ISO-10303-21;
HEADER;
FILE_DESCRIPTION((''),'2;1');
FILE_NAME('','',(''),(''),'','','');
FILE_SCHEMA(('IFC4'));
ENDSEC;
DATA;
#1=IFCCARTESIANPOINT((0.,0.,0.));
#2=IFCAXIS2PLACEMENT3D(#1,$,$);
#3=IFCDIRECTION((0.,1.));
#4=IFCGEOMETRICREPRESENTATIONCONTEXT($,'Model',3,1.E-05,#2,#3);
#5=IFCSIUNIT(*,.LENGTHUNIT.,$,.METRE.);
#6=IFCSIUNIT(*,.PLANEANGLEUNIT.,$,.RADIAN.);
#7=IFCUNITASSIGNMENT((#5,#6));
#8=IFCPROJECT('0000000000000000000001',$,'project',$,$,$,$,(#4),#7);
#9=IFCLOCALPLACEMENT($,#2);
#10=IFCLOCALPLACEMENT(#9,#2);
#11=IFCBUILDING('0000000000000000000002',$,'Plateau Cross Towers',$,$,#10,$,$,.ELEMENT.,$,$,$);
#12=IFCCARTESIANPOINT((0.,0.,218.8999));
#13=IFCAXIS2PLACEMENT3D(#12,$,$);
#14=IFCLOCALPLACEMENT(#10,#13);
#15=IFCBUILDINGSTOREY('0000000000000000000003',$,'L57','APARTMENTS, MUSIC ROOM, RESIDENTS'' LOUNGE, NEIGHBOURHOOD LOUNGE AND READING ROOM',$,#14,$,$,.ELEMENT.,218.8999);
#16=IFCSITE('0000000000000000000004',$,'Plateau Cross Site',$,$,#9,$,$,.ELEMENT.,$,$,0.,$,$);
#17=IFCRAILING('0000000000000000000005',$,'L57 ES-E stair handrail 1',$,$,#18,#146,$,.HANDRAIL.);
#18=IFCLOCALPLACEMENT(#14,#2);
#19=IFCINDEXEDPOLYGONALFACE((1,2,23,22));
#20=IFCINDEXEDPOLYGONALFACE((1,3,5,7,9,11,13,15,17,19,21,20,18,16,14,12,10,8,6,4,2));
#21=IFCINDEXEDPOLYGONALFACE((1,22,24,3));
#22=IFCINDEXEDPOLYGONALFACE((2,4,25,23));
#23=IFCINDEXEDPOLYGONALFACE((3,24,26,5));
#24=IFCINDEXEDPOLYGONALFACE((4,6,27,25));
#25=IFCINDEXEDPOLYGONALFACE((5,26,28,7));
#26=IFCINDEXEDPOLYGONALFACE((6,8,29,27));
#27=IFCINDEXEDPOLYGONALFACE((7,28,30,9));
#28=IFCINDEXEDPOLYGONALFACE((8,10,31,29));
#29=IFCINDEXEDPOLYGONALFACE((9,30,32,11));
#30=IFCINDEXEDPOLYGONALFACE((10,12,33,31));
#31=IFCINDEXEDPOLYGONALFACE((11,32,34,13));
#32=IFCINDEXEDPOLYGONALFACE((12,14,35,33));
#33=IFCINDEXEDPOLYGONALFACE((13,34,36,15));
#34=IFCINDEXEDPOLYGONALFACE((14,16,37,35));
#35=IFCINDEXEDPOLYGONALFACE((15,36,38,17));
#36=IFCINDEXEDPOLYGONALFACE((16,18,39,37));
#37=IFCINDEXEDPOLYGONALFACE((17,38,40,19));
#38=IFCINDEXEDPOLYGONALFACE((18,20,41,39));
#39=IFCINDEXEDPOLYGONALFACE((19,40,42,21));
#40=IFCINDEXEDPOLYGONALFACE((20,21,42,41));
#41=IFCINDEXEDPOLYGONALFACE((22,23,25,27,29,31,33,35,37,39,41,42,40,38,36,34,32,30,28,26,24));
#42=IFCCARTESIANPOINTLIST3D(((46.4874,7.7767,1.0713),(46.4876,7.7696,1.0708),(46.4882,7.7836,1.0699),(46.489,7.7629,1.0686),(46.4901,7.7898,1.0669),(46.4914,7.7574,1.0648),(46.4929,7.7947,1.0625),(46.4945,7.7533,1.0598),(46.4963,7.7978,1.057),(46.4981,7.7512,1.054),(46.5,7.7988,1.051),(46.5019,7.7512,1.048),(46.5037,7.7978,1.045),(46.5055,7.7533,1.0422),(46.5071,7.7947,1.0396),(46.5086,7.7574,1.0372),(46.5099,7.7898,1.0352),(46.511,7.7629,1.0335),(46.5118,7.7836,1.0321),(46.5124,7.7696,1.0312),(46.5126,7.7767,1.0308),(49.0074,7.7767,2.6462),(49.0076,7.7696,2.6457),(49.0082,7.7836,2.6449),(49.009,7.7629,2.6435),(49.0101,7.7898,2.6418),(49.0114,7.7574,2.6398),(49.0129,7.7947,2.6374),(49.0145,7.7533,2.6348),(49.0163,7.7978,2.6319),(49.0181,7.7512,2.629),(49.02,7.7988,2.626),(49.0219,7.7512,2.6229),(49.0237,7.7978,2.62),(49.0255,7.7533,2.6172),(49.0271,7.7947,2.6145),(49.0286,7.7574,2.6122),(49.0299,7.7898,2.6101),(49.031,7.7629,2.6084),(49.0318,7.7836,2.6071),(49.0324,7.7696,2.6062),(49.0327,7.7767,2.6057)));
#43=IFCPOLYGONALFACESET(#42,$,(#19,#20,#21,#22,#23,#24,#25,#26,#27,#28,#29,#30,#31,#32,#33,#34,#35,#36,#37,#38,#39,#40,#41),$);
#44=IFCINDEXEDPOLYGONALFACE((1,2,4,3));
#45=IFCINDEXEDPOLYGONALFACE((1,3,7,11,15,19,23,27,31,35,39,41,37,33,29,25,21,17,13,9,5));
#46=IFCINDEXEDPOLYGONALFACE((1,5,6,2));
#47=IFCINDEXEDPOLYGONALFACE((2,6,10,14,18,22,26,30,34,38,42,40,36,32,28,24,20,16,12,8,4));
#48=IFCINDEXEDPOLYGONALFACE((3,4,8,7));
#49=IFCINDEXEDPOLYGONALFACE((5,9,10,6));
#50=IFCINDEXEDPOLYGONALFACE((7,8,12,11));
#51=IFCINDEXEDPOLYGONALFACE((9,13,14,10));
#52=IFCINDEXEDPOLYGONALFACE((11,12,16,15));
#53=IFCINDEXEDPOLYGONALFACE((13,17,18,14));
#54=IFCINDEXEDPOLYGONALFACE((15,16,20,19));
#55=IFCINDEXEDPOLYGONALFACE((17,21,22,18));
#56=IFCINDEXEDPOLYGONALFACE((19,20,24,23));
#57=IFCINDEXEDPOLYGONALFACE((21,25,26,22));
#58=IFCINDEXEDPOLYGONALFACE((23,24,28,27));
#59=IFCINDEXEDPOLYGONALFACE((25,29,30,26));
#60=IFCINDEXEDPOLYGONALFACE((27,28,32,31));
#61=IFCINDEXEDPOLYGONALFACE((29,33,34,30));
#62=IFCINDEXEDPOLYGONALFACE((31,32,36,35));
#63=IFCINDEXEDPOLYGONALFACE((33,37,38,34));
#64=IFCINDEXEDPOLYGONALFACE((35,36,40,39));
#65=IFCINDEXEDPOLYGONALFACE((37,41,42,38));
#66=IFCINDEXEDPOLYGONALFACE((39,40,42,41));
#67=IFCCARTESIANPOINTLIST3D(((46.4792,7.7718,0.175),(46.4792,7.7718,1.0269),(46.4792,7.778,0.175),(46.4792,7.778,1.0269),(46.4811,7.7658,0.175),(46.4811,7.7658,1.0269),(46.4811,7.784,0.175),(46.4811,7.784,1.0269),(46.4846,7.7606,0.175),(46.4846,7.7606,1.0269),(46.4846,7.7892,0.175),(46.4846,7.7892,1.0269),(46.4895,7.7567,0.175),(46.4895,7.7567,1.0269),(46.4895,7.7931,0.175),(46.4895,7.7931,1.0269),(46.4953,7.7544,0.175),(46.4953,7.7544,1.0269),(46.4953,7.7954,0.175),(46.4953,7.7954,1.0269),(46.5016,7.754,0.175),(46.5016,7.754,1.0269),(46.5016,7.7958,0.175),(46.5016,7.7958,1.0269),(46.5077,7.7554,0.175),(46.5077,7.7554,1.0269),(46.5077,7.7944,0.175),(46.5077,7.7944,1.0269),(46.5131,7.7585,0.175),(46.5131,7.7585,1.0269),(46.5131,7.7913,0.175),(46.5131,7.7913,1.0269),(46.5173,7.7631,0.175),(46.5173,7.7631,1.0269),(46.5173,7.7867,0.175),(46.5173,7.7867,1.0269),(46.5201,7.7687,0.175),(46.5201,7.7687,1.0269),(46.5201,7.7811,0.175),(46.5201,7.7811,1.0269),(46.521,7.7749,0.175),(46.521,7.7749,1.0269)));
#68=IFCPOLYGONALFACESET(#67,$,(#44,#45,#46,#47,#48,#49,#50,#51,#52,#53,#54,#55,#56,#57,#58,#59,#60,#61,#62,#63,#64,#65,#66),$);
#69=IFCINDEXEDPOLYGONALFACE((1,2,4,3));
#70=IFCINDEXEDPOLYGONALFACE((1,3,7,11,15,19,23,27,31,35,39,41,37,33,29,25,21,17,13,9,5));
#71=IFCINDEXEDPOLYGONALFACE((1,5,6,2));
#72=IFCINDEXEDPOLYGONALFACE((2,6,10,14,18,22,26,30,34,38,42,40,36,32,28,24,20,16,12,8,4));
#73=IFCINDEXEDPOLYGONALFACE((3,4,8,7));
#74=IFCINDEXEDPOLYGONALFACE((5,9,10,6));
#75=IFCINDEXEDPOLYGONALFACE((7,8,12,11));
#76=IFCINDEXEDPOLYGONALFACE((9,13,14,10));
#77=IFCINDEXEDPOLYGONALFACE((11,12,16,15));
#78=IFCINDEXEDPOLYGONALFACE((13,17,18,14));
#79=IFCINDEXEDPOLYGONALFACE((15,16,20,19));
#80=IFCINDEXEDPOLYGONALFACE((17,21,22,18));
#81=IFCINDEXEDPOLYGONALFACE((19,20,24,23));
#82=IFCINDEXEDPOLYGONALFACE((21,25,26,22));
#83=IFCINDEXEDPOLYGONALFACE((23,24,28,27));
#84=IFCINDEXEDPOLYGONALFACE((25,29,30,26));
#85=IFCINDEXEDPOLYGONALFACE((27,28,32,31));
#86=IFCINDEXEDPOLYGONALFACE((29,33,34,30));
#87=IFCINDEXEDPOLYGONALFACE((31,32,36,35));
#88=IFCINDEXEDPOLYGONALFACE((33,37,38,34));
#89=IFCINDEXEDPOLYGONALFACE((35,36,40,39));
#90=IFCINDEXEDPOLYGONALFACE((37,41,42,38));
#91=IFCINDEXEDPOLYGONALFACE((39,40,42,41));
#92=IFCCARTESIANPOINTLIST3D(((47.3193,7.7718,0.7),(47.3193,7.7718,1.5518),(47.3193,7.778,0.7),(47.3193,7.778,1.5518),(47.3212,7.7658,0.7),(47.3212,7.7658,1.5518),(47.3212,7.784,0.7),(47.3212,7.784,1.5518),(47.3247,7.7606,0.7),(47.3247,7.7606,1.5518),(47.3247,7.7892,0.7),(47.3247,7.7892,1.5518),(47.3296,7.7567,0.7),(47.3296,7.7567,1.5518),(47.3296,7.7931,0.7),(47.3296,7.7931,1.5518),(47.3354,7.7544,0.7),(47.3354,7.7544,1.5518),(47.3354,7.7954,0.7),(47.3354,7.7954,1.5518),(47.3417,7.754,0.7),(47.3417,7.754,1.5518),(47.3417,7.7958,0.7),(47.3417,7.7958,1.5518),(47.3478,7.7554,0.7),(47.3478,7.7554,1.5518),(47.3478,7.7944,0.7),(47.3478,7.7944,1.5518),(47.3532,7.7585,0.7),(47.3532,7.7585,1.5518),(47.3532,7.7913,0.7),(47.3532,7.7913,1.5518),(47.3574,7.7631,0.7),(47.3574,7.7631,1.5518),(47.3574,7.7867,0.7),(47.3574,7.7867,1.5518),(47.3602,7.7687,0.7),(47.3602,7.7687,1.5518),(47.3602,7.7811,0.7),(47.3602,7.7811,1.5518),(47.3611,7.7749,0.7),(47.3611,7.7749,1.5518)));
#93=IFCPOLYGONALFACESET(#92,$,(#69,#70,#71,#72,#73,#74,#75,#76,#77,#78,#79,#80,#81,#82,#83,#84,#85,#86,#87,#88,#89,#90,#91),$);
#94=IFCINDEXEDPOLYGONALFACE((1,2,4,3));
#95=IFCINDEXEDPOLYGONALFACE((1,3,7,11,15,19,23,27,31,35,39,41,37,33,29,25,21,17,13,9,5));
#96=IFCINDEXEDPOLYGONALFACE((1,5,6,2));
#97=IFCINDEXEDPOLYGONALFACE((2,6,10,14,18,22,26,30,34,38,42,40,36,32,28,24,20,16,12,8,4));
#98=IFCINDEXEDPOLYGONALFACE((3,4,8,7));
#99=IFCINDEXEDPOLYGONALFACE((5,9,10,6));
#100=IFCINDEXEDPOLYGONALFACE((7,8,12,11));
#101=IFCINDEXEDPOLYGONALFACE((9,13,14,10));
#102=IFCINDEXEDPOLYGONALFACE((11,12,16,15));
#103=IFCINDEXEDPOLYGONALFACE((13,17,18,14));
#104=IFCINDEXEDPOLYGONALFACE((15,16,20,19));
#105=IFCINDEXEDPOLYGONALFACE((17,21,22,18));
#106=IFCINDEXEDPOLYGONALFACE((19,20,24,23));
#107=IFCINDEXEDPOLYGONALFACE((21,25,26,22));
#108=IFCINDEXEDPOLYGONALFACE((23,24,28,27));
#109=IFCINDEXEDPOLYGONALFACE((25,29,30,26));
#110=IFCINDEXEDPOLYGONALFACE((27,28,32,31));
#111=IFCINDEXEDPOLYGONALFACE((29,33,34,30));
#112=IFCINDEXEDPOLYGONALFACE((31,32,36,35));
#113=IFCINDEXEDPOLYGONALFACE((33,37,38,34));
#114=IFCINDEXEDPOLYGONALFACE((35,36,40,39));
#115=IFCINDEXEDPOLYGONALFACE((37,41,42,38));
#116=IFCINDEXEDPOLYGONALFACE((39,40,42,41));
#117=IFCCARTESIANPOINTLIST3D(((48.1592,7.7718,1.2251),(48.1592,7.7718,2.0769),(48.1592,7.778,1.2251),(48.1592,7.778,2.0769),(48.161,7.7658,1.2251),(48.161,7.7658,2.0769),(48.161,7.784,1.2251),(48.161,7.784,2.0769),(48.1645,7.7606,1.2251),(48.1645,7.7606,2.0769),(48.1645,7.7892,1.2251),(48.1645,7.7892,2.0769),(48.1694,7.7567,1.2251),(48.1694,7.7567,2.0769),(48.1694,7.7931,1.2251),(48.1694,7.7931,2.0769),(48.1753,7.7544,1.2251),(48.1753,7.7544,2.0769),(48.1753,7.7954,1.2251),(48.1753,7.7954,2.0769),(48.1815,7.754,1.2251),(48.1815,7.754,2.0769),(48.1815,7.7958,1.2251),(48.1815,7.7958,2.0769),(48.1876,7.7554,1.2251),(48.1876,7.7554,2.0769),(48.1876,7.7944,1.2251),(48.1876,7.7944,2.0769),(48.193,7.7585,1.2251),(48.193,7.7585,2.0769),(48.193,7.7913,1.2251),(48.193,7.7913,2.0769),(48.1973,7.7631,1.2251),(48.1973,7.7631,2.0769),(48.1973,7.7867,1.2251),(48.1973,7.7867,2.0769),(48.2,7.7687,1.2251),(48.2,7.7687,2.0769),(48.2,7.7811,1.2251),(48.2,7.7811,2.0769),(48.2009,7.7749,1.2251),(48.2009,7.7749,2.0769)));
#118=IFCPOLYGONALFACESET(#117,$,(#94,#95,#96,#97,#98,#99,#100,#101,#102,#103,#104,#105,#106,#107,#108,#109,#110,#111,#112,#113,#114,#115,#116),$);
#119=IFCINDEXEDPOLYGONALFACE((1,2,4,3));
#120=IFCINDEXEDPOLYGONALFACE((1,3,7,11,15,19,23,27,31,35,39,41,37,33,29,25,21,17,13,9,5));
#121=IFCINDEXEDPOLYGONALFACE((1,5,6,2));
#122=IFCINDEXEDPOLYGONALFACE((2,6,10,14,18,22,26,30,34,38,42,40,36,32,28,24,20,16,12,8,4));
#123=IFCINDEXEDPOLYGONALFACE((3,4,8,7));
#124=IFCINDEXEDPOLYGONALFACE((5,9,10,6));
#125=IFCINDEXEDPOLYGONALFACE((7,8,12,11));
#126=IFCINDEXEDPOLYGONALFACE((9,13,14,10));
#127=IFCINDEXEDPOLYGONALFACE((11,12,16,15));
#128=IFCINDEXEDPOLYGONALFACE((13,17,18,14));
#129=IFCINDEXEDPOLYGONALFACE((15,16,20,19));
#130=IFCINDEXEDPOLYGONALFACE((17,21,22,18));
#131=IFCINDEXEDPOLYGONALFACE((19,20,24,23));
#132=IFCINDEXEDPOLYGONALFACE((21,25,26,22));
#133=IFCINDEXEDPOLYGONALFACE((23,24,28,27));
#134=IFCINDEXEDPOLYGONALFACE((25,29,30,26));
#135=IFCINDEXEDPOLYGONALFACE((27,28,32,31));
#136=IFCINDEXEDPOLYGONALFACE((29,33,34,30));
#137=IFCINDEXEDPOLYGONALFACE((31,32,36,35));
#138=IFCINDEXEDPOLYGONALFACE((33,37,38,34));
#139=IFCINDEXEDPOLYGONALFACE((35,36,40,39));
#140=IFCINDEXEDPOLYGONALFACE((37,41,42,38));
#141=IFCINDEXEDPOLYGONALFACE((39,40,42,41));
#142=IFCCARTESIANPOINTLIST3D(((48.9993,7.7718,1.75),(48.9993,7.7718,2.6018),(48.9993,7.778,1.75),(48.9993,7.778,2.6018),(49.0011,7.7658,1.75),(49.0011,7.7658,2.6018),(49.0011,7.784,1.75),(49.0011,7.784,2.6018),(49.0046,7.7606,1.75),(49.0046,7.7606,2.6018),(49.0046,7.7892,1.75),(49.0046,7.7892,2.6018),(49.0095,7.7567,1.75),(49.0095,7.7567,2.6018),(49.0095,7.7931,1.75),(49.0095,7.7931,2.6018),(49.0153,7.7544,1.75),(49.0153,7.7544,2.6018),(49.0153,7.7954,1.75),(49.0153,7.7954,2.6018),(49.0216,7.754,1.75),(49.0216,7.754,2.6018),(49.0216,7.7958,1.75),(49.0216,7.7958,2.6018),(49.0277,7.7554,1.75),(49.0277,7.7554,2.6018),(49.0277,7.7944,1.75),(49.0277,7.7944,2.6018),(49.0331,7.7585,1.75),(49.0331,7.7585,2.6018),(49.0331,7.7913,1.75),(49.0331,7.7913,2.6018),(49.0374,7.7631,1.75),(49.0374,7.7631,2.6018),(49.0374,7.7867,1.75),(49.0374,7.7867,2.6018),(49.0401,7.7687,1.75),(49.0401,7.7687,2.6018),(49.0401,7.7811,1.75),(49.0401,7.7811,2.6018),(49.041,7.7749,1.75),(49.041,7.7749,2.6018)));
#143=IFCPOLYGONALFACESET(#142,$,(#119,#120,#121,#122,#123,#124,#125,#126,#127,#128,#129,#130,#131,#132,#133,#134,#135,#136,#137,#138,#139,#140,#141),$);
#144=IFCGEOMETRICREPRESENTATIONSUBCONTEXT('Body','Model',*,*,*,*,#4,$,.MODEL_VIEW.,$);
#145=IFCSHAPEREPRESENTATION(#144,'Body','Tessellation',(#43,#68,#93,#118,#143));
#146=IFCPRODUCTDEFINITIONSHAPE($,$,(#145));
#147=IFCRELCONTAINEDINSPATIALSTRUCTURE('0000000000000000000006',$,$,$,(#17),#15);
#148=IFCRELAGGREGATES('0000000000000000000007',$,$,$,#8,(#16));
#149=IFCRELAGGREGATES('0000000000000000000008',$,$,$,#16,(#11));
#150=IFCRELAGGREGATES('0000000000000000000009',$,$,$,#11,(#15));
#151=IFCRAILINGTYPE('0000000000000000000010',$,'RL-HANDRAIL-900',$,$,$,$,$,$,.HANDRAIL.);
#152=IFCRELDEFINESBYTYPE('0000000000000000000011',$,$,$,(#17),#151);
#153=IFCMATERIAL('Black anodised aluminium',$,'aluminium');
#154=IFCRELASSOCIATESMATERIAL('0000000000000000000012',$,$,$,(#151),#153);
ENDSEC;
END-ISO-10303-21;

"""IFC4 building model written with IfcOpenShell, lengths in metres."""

from ifc_helpers import new_model, si_unit, direction, frame, origin, origin_2d, place, context, subcontext, project, spatial, circle, extrude, material, type_object, element, save


model = new_model("IFC4")

# Units and contexts
model_context = context("Model", 3, precision=1e-05, world=origin(), true_north=direction((0.0, 1.0)))
body_context = subcontext(model_context, "Body", "Model", "MODEL_VIEW")
ifc_project = project(units=[si_unit("LENGTHUNIT", "METRE"), si_unit("PLANEANGLEUNIT", "RADIAN")], contexts=[model_context])

# Site, building, storey
site_placement = place(None, origin())
site = spatial("IfcSite", under=ifc_project, at=site_placement, Name="Plateau Cross Site", CompositionType="ELEMENT", RefElevation=0.0)
building_placement = place(site_placement, origin())
building = spatial("IfcBuilding", under=site, at=building_placement, Name="Plateau Cross Towers", CompositionType="ELEMENT")
storey_placement = place(building_placement, frame((0.0, 0.0, 218.8999)))
storey = spatial("IfcBuildingStorey", under=building, at=storey_placement, Name="L57", Description="APARTMENTS, MUSIC ROOM, RESIDENTS' LOUNGE, NEIGHBOURHOOD LOUNGE AND READING ROOM", CompositionType="ELEMENT", Elevation=218.8999)

# Shared definitions
ifc_material_1 = material(Name="Black anodised aluminium", Category="aluminium")

# Railing
railing_type_1 = type_object("IfcRailingType", Name="RL-HANDRAIL-900", PredefinedType="HANDRAIL", material=ifc_material_1)
railing_1_placement = place(storey_placement, frame((46.5, 7.7749, 0.175)))
element("IfcRailing", 1, at=railing_1_placement, inside=storey, type_object=railing_type_1, Name="L57 ES-E stair handrail 1", PredefinedType="HANDRAIL", context=body_context, shape_type="SweptSolid", body=[
    extrude(circle(Radius=0.0239, at=origin_2d()), frame((0.0, 0.0, 0.876), z_axis=(0.848008, 0.0, 0.529984), x_axis=(0.0, 1.0, 0.0)), (0.0, 0.0, 1.0), 2.9717),
    extrude(circle(Radius=0.021, at=origin_2d()), origin(), (0.0, 0.0, 1.0), 0.8518),
    extrude(circle(Radius=0.021, at=origin_2d()), frame((0.8401, 0.0, 0.5249)), (0.0, 0.0, 1.0), 0.8518),
    extrude(circle(Radius=0.021, at=origin_2d()), frame((1.6799, 0.0, 1.05)), (0.0, 0.0, 1.0), 0.8518),
    extrude(circle(Radius=0.021, at=origin_2d()), frame((2.52, 0.0, 1.575)), (0.0, 0.0, 1.0), 0.8518),
])

save(model, "model.ifc")
